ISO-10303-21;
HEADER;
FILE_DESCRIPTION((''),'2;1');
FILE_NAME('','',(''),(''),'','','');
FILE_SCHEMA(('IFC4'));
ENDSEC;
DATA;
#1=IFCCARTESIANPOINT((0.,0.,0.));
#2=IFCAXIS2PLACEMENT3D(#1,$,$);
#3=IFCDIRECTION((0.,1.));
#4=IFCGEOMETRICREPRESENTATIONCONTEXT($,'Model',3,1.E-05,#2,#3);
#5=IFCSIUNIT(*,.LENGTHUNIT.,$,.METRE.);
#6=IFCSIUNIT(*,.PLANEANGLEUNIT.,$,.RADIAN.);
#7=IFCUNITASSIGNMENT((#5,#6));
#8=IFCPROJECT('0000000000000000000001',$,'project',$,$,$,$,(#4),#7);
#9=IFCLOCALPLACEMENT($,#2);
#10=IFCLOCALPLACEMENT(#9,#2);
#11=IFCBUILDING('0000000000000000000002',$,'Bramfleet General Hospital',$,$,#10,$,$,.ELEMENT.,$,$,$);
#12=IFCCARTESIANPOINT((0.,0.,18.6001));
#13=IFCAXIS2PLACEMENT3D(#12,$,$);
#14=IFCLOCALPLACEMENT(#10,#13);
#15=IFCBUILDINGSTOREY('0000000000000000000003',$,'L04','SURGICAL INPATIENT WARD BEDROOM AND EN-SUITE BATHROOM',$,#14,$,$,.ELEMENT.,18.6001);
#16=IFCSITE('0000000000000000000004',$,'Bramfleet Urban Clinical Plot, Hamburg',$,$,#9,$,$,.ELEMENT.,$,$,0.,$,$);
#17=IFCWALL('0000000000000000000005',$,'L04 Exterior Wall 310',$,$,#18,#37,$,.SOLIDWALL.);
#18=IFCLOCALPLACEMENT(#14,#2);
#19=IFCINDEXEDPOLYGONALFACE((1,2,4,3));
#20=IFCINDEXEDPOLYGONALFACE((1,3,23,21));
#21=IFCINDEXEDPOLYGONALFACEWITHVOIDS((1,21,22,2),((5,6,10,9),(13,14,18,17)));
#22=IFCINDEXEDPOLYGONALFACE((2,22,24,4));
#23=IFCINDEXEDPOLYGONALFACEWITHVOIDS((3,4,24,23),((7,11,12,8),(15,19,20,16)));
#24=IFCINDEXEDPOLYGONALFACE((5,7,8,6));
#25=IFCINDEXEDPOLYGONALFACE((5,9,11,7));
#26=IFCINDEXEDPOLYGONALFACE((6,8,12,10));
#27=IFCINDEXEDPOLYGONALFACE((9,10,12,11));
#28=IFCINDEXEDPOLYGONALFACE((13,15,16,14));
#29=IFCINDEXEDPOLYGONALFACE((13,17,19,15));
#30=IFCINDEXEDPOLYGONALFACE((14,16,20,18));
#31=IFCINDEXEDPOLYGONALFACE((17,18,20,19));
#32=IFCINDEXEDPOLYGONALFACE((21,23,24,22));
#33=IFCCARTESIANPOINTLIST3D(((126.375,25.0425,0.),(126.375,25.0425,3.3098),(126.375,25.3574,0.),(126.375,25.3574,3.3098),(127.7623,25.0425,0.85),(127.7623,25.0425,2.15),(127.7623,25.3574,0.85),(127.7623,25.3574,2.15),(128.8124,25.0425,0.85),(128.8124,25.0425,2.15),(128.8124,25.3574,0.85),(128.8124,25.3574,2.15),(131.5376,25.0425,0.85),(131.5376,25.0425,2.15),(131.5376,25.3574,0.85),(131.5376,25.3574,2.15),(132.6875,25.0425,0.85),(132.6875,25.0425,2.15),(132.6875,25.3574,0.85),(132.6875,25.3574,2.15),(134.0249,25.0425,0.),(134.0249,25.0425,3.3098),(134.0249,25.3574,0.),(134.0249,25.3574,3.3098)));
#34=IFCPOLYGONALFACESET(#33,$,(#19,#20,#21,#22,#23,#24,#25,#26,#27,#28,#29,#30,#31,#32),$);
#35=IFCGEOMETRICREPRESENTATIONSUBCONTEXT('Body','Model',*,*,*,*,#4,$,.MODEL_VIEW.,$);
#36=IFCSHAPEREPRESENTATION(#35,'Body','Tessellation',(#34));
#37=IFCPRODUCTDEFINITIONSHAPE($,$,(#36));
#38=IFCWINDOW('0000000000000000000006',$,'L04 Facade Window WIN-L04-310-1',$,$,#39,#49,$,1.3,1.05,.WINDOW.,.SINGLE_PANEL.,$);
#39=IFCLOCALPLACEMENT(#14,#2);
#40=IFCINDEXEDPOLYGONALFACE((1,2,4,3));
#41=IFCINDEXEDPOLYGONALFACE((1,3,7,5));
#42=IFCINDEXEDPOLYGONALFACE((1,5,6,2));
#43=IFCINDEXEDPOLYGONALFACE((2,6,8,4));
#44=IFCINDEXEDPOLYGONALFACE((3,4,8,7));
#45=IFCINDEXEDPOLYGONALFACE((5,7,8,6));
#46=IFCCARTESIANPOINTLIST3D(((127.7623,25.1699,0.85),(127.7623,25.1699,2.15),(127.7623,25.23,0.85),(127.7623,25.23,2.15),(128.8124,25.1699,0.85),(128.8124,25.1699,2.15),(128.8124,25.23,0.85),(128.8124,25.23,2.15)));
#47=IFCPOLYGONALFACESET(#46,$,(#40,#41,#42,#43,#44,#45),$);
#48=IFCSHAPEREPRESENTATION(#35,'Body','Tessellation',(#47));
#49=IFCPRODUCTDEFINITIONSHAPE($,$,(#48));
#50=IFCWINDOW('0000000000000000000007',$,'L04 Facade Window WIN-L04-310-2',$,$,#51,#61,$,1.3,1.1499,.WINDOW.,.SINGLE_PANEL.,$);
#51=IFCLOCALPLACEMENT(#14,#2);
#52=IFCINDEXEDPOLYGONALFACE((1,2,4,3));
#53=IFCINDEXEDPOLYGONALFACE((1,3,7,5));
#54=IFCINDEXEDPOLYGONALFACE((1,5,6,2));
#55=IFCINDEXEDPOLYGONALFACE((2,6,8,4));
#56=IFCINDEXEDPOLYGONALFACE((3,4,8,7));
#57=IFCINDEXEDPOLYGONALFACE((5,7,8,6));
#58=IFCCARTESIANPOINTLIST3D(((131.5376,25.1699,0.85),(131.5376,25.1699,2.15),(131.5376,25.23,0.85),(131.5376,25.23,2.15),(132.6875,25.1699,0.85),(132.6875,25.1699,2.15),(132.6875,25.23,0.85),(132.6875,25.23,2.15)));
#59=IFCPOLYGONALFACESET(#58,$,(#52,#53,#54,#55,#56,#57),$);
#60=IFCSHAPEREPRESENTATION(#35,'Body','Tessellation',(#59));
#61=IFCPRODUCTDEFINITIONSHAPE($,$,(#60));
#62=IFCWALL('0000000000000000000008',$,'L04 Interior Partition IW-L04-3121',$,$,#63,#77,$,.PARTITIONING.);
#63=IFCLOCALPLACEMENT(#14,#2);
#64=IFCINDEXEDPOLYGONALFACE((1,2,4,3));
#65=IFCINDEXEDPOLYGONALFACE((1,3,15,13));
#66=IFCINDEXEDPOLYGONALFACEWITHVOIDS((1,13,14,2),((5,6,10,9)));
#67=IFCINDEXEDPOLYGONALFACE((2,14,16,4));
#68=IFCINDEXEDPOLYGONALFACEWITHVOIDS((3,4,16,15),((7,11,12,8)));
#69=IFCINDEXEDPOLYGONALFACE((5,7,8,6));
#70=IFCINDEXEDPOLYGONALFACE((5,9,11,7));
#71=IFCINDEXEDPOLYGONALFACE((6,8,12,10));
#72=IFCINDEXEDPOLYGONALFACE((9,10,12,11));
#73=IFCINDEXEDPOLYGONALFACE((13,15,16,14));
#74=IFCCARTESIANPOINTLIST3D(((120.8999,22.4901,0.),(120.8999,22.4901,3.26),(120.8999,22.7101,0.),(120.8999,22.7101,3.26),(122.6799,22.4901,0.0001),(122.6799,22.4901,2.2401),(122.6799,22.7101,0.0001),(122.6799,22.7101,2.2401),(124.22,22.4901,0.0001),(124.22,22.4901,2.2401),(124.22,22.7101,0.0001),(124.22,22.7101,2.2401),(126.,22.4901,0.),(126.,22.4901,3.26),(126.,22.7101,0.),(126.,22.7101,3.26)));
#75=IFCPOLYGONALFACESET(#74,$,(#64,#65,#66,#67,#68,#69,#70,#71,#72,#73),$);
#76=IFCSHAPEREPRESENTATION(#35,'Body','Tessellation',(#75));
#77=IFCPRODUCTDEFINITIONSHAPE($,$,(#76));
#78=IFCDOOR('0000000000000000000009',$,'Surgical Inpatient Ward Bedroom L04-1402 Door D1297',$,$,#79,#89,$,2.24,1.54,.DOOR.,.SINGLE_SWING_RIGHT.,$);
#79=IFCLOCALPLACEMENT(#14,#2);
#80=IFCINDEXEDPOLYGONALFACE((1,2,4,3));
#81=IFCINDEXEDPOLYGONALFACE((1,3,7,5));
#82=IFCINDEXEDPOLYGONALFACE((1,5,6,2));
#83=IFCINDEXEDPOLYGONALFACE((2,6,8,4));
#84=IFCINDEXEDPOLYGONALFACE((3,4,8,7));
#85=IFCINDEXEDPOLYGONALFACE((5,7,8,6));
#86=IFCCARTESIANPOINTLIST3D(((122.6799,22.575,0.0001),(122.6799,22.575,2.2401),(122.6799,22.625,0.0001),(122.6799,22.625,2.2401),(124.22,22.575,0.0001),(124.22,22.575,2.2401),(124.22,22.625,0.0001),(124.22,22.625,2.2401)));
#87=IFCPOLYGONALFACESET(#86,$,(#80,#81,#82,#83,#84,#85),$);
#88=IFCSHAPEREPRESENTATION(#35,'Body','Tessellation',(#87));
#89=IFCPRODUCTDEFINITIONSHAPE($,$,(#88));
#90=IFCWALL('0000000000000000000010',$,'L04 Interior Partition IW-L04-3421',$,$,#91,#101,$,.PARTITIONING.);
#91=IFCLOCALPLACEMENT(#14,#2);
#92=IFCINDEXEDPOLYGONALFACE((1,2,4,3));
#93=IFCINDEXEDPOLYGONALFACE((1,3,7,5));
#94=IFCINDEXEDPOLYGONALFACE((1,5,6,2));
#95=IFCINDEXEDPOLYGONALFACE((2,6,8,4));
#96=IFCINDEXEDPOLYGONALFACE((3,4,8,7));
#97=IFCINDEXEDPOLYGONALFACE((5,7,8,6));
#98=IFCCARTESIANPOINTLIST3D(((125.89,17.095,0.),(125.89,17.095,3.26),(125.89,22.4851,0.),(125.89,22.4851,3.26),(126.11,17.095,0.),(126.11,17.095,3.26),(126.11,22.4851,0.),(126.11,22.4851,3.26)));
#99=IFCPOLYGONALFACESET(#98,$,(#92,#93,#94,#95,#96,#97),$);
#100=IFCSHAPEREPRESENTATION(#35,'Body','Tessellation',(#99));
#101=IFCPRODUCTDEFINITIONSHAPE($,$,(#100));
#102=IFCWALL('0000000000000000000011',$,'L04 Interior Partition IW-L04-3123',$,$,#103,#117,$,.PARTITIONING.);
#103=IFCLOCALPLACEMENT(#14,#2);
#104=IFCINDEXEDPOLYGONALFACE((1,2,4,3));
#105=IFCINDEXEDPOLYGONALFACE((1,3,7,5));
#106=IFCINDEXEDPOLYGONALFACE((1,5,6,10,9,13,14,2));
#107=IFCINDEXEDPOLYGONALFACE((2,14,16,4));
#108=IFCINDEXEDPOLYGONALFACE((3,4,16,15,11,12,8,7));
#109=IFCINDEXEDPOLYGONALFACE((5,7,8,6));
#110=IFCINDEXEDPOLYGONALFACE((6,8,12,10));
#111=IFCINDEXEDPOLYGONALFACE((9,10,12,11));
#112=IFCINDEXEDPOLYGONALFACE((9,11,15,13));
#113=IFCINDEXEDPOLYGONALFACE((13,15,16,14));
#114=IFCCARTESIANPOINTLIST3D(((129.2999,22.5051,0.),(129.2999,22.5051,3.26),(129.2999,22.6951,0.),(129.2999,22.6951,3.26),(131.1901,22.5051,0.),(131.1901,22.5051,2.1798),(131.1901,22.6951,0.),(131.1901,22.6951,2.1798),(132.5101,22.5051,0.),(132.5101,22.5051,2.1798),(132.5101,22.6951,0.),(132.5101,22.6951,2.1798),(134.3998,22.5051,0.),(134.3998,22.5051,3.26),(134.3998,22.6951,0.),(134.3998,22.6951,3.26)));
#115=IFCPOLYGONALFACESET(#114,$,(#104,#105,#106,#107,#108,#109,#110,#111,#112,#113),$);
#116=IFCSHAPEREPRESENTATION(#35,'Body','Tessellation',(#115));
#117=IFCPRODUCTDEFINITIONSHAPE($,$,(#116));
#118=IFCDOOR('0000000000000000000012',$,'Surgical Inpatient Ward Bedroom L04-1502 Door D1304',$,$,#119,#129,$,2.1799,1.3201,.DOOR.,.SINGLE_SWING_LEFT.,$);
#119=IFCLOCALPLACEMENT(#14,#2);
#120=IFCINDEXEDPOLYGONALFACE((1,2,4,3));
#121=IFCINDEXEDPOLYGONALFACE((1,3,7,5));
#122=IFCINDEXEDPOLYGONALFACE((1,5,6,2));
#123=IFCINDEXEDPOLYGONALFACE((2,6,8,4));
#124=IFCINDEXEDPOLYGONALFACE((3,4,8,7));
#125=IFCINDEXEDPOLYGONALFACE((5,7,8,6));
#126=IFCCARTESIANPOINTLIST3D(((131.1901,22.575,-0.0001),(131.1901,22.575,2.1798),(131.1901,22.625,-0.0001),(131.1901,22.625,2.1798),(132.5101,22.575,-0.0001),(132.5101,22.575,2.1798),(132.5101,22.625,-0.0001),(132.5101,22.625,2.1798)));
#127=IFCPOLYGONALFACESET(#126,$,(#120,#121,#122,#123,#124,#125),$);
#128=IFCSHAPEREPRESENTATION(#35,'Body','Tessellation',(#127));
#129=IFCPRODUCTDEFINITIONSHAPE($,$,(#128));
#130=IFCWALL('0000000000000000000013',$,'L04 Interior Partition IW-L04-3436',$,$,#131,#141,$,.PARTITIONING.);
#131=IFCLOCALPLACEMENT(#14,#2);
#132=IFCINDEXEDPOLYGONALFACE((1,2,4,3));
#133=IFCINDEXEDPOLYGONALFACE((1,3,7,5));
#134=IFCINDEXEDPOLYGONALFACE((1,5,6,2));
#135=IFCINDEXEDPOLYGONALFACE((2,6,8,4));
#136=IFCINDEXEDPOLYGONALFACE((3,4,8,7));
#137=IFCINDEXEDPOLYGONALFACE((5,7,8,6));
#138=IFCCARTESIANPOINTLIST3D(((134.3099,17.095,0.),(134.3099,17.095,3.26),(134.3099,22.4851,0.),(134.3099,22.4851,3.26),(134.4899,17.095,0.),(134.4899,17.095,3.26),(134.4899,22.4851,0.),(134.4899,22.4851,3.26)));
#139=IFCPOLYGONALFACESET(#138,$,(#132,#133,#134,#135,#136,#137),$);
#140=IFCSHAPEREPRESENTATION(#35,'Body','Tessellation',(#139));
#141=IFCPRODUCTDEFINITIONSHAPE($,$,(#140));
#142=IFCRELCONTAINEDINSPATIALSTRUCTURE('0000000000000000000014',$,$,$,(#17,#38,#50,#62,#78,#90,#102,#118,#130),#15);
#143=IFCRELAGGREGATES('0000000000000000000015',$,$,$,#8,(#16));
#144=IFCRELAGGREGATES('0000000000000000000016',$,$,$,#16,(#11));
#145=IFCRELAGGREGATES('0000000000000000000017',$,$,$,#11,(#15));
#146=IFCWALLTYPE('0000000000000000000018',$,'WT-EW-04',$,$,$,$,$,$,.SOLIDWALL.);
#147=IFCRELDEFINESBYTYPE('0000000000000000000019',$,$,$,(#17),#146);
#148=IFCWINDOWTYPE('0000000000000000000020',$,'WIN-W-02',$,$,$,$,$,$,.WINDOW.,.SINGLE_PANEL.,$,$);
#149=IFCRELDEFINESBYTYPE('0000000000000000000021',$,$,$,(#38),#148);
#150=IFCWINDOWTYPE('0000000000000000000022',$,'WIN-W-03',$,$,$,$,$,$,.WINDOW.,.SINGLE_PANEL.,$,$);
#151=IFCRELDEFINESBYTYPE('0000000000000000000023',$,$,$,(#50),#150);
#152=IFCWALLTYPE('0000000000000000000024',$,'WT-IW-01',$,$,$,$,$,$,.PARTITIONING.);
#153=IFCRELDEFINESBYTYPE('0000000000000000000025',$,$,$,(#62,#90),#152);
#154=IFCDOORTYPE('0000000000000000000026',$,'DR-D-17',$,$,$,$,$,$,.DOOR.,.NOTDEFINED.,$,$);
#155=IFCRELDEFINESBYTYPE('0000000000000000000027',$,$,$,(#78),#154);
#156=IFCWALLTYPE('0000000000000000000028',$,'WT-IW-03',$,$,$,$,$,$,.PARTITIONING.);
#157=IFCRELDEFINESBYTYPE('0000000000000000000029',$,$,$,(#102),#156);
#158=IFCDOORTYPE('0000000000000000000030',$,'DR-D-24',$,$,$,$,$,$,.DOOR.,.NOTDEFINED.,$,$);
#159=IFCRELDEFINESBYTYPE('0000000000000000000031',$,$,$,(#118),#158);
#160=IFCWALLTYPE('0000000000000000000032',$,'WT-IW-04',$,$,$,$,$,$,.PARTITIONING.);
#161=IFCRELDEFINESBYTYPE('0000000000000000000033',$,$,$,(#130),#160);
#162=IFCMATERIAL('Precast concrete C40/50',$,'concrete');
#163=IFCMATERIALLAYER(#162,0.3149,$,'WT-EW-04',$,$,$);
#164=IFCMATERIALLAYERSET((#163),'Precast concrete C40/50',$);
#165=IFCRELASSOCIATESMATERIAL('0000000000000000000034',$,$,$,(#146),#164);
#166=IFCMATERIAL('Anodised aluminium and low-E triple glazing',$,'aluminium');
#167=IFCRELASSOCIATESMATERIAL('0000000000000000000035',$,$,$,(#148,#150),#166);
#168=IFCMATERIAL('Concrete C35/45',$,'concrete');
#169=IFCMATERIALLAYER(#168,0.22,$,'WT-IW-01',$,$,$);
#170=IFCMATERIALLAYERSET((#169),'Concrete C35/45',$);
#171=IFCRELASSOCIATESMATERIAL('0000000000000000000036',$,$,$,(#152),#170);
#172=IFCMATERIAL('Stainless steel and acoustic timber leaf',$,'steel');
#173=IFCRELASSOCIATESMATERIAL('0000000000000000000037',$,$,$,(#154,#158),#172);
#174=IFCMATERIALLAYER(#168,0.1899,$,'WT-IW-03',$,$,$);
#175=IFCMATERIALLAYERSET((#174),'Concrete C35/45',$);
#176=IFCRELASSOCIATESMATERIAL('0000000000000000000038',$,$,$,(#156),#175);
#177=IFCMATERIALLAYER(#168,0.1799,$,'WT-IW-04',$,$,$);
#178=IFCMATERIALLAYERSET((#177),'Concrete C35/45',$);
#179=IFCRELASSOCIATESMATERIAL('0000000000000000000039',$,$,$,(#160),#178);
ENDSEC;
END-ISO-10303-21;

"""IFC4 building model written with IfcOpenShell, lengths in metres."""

from ifc_helpers import new_model, si_unit, direction, frame, frame_2d, origin, place, context, subcontext, project, spatial, rectangle, extrude, material, layer, layer_set, type_object, element, fill, save


model = new_model("IFC4")

# Units and contexts
model_context = context("Model", 3, precision=1e-05, world=origin(), true_north=direction((0.0, 1.0)))
body_context = subcontext(model_context, "Body", "Model", "MODEL_VIEW")
ifc_project = project(units=[si_unit("LENGTHUNIT", "METRE"), si_unit("PLANEANGLEUNIT", "RADIAN")], contexts=[model_context])

# Site, building, storey
site_placement = place(None, origin())
site = spatial("IfcSite", under=ifc_project, at=site_placement, Name="Bramfleet Urban Clinical Plot, Hamburg", CompositionType="ELEMENT", RefElevation=0.0)
building_placement = place(site_placement, origin())
building = spatial("IfcBuilding", under=site, at=building_placement, Name="Bramfleet General Hospital", CompositionType="ELEMENT")
storey_placement = place(building_placement, frame((0.0, 0.0, 18.6001)))
storey = spatial("IfcBuildingStorey", under=building, at=storey_placement, Name="L04", Description="SURGICAL INPATIENT WARD BEDROOM AND EN-SUITE BATHROOM", CompositionType="ELEMENT", Elevation=18.6001)

# Wall, openings, windows
ifc_material_1 = material(Name="Precast concrete C40/50", Category="concrete")
ifc_layer_1 = layer(ifc_material_1, 0.3149, Name="WT-EW-04")
ifc_layer_set_1 = layer_set([ifc_layer_1], Name="Precast concrete C40/50")
wall_type_1 = type_object("IfcWallType", Name="WT-EW-04", PredefinedType="SOLIDWALL", material=ifc_layer_set_1)
wall_1_placement = place(storey_placement, frame((126.375, 25.2, 0.0), z_axis=(0.0, 0.0, 1.0), x_axis=(1.0, 0.0, 0.0)))
wall_1 = element("IfcWall", 1, at=wall_1_placement, inside=storey, type_object=wall_type_1, Name="L04 Exterior Wall 310", PredefinedType="SOLIDWALL", context=body_context, shape_type="SweptSolid", body=[
    extrude(rectangle(XDim=7.6499, YDim=0.3149, at=frame_2d((3.825, 0.0))), origin(), (0.0, 0.0, 1.0), 3.3098),
])
opening_1_placement = place(wall_1_placement, frame((1.3875, 0.0, 0.8501)))
opening_1 = element("IfcOpeningElement", 2, at=opening_1_placement, cuts=wall_1, PredefinedType="OPENING", context=body_context, shape_type="SweptSolid", body=[
    extrude(rectangle(XDim=1.05, YDim=1.3, at=frame_2d((0.5249, 0.6499))), frame((0.0, 0.1675, 0.0), z_axis=(0.0, -1.0, 0.0), x_axis=(1.0, 0.0, 0.0)), (0.0, 0.0, 1.0), 0.335),
])
opening_2_placement = place(wall_1_placement, frame((5.1626, 0.0, 0.8501)))
opening_2 = element("IfcOpeningElement", 3, at=opening_2_placement, cuts=wall_1, PredefinedType="OPENING", context=body_context, shape_type="SweptSolid", body=[
    extrude(rectangle(XDim=1.1499, YDim=1.3, at=frame_2d((0.575, 0.6499))), frame((0.0, 0.1675, 0.0), z_axis=(0.0, -1.0, 0.0), x_axis=(1.0, 0.0, 0.0)), (0.0, 0.0, 1.0), 0.335),
])
ifc_material_2 = material(Name="Anodised aluminium and low-E triple glazing", Category="aluminium")
window_type_1 = type_object("IfcWindowType", Name="WIN-W-02", PartitioningType="SINGLE_PANEL", PredefinedType="WINDOW", material=ifc_material_2)
window_1_placement = place(opening_1_placement, origin())
window_1 = element("IfcWindow", 4, at=window_1_placement, inside=storey, type_object=window_type_1, Name="L04 Facade Window WIN-L04-310-1", OverallHeight=1.3, OverallWidth=1.05, PartitioningType="SINGLE_PANEL", PredefinedType="WINDOW", context=body_context, shape_type="SweptSolid", body=[
    extrude(rectangle(XDim=1.05, YDim=1.3, at=frame_2d((0.5249, 0.6499))), frame((0.0, 0.03, 0.0), z_axis=(0.0, -1.0, 0.0), x_axis=(1.0, 0.0, 0.0)), (0.0, 0.0, 1.0), 0.0601),
])
fill(opening_1, window_1)
window_type_2 = type_object("IfcWindowType", Name="WIN-W-03", PartitioningType="SINGLE_PANEL", PredefinedType="WINDOW", material=ifc_material_2)
window_2_placement = place(opening_2_placement, origin())
window_2 = element("IfcWindow", 5, at=window_2_placement, inside=storey, type_object=window_type_2, Name="L04 Facade Window WIN-L04-310-2", OverallHeight=1.3, OverallWidth=1.1499, PartitioningType="SINGLE_PANEL", PredefinedType="WINDOW", context=body_context, shape_type="SweptSolid", body=[
    extrude(rectangle(XDim=1.1499, YDim=1.3, at=frame_2d((0.575, 0.6499))), frame((0.0, 0.03, 0.0), z_axis=(0.0, -1.0, 0.0), x_axis=(1.0, 0.0, 0.0)), (0.0, 0.0, 1.0), 0.0601),
])
fill(opening_2, window_2)

# Wall, opening, door
ifc_material_3 = material(Name="Concrete C35/45", Category="concrete")
ifc_layer_2 = layer(ifc_material_3, 0.22, Name="WT-IW-01")
ifc_layer_set_2 = layer_set([ifc_layer_2], Name="Concrete C35/45")
wall_type_2 = type_object("IfcWallType", Name="WT-IW-01", PredefinedType="PARTITIONING", material=ifc_layer_set_2)
wall_2_placement = place(storey_placement, frame((120.8999, 22.6001, 0.0), z_axis=(0.0, 0.0, 1.0), x_axis=(1.0, 0.0, 0.0)))
wall_2 = element("IfcWall", 6, at=wall_2_placement, inside=storey, type_object=wall_type_2, Name="L04 Interior Partition IW-L04-3121", PredefinedType="PARTITIONING", context=body_context, shape_type="SweptSolid", body=[
    extrude(rectangle(XDim=5.1001, YDim=0.22, at=frame_2d((2.55, 0.0))), origin(), (0.0, 0.0, 1.0), 3.26),
])
opening_3_placement = place(wall_2_placement, frame((1.78, 0.0, 0.0)))
opening_3 = element("IfcOpeningElement", 7, at=opening_3_placement, cuts=wall_2, PredefinedType="OPENING", context=body_context, shape_type="SweptSolid", body=[
    extrude(rectangle(XDim=1.54, YDim=2.24, at=frame_2d((0.77, 1.1201))), frame((0.0, 0.1199, 0.0), z_axis=(0.0, -1.0, 0.0), x_axis=(1.0, 0.0, 0.0)), (0.0, 0.0, 1.0), 0.24),
])
ifc_material_4 = material(Name="Stainless steel and acoustic timber leaf", Category="steel")
door_type_1 = type_object("IfcDoorType", Name="DR-D-17", OperationType="NOTDEFINED", PredefinedType="DOOR", material=ifc_material_4)
door_1_placement = place(opening_3_placement, origin())
door_1 = element("IfcDoor", 8, at=door_1_placement, inside=storey, type_object=door_type_1, Name="Surgical Inpatient Ward Bedroom L04-1402 Door D1297", OperationType="SINGLE_SWING_RIGHT", OverallHeight=2.24, OverallWidth=1.54, PredefinedType="DOOR", context=body_context, shape_type="SweptSolid", body=[
    extrude(rectangle(XDim=1.54, YDim=2.24, at=frame_2d((0.77, 1.1201))), frame((0.0, 0.0249, 0.0), z_axis=(0.0, -1.0, 0.0), x_axis=(1.0, 0.0, 0.0)), (0.0, 0.0, 1.0), 0.05),
])
fill(opening_3, door_1)

# Wall
wall_3_placement = place(storey_placement, frame((126.0, 17.095, 0.0), z_axis=(0.0, 0.0, 1.0), x_axis=(0.0, 1.0, 0.0)))
element("IfcWall", 9, at=wall_3_placement, inside=storey, type_object=wall_type_2, Name="L04 Interior Partition IW-L04-3421", PredefinedType="PARTITIONING", context=body_context, shape_type="SweptSolid", body=[
    extrude(rectangle(XDim=5.3901, YDim=0.22, at=frame_2d((2.6951, 0.0))), origin(), (0.0, 0.0, 1.0), 3.26),
])

# Wall, opening, door
ifc_layer_3 = layer(ifc_material_3, 0.1899, Name="WT-IW-03")
ifc_layer_set_3 = layer_set([ifc_layer_3], Name="Concrete C35/45")
wall_type_3 = type_object("IfcWallType", Name="WT-IW-03", PredefinedType="PARTITIONING", material=ifc_layer_set_3)
wall_4_placement = place(storey_placement, frame((129.3, 22.6001, 0.0), z_axis=(0.0, 0.0, 1.0), x_axis=(1.0, 0.0, 0.0)))
wall_4 = element("IfcWall", 10, at=wall_4_placement, inside=storey, type_object=wall_type_3, Name="L04 Interior Partition IW-L04-3123", PredefinedType="PARTITIONING", context=body_context, shape_type="SweptSolid", body=[
    extrude(rectangle(XDim=5.0999, YDim=0.1899, at=frame_2d((2.5498, 0.0))), origin(), (0.0, 0.0, 1.0), 3.26),
])
opening_4_placement = place(wall_4_placement, frame((1.8899, 0.0, 0.0)))
opening_4 = element("IfcOpeningElement", 11, at=opening_4_placement, cuts=wall_4, PredefinedType="OPENING", context=body_context, shape_type="SweptSolid", body=[
    extrude(rectangle(XDim=1.3201, YDim=2.1799, at=frame_2d((0.6602, 1.0898))), frame((0.0, 0.105, 0.0), z_axis=(0.0, -1.0, 0.0), x_axis=(1.0, 0.0, 0.0)), (0.0, 0.0, 1.0), 0.21),
])
door_type_2 = type_object("IfcDoorType", Name="DR-D-24", OperationType="NOTDEFINED", PredefinedType="DOOR", material=ifc_material_4)
door_2_placement = place(opening_4_placement, origin())
door_2 = element("IfcDoor", 12, at=door_2_placement, inside=storey, type_object=door_type_2, Name="Surgical Inpatient Ward Bedroom L04-1502 Door D1304", OperationType="SINGLE_SWING_LEFT", OverallHeight=2.1799, OverallWidth=1.3201, PredefinedType="DOOR", context=body_context, shape_type="SweptSolid", body=[
    extrude(rectangle(XDim=1.3201, YDim=2.1799, at=frame_2d((0.6602, 1.0898))), frame((0.0, 0.0249, 0.0), z_axis=(0.0, -1.0, 0.0), x_axis=(1.0, 0.0, 0.0)), (0.0, 0.0, 1.0), 0.05),
])
fill(opening_4, door_2)

# Wall
ifc_layer_4 = layer(ifc_material_3, 0.1799, Name="WT-IW-04")
ifc_layer_set_4 = layer_set([ifc_layer_4], Name="Concrete C35/45")
wall_type_4 = type_object("IfcWallType", Name="WT-IW-04", PredefinedType="PARTITIONING", material=ifc_layer_set_4)
wall_5_placement = place(storey_placement, frame((134.3999, 17.095, 0.0), z_axis=(0.0, 0.0, 1.0), x_axis=(0.0, 1.0, 0.0)))
element("IfcWall", 13, at=wall_5_placement, inside=storey, type_object=wall_type_4, Name="L04 Interior Partition IW-L04-3436", PredefinedType="PARTITIONING", context=body_context, shape_type="SweptSolid", body=[
    extrude(rectangle(XDim=5.3901, YDim=0.1799, at=frame_2d((2.6951, 0.0))), origin(), (0.0, 0.0, 1.0), 3.26),
])

save(model, "model.ifc")
